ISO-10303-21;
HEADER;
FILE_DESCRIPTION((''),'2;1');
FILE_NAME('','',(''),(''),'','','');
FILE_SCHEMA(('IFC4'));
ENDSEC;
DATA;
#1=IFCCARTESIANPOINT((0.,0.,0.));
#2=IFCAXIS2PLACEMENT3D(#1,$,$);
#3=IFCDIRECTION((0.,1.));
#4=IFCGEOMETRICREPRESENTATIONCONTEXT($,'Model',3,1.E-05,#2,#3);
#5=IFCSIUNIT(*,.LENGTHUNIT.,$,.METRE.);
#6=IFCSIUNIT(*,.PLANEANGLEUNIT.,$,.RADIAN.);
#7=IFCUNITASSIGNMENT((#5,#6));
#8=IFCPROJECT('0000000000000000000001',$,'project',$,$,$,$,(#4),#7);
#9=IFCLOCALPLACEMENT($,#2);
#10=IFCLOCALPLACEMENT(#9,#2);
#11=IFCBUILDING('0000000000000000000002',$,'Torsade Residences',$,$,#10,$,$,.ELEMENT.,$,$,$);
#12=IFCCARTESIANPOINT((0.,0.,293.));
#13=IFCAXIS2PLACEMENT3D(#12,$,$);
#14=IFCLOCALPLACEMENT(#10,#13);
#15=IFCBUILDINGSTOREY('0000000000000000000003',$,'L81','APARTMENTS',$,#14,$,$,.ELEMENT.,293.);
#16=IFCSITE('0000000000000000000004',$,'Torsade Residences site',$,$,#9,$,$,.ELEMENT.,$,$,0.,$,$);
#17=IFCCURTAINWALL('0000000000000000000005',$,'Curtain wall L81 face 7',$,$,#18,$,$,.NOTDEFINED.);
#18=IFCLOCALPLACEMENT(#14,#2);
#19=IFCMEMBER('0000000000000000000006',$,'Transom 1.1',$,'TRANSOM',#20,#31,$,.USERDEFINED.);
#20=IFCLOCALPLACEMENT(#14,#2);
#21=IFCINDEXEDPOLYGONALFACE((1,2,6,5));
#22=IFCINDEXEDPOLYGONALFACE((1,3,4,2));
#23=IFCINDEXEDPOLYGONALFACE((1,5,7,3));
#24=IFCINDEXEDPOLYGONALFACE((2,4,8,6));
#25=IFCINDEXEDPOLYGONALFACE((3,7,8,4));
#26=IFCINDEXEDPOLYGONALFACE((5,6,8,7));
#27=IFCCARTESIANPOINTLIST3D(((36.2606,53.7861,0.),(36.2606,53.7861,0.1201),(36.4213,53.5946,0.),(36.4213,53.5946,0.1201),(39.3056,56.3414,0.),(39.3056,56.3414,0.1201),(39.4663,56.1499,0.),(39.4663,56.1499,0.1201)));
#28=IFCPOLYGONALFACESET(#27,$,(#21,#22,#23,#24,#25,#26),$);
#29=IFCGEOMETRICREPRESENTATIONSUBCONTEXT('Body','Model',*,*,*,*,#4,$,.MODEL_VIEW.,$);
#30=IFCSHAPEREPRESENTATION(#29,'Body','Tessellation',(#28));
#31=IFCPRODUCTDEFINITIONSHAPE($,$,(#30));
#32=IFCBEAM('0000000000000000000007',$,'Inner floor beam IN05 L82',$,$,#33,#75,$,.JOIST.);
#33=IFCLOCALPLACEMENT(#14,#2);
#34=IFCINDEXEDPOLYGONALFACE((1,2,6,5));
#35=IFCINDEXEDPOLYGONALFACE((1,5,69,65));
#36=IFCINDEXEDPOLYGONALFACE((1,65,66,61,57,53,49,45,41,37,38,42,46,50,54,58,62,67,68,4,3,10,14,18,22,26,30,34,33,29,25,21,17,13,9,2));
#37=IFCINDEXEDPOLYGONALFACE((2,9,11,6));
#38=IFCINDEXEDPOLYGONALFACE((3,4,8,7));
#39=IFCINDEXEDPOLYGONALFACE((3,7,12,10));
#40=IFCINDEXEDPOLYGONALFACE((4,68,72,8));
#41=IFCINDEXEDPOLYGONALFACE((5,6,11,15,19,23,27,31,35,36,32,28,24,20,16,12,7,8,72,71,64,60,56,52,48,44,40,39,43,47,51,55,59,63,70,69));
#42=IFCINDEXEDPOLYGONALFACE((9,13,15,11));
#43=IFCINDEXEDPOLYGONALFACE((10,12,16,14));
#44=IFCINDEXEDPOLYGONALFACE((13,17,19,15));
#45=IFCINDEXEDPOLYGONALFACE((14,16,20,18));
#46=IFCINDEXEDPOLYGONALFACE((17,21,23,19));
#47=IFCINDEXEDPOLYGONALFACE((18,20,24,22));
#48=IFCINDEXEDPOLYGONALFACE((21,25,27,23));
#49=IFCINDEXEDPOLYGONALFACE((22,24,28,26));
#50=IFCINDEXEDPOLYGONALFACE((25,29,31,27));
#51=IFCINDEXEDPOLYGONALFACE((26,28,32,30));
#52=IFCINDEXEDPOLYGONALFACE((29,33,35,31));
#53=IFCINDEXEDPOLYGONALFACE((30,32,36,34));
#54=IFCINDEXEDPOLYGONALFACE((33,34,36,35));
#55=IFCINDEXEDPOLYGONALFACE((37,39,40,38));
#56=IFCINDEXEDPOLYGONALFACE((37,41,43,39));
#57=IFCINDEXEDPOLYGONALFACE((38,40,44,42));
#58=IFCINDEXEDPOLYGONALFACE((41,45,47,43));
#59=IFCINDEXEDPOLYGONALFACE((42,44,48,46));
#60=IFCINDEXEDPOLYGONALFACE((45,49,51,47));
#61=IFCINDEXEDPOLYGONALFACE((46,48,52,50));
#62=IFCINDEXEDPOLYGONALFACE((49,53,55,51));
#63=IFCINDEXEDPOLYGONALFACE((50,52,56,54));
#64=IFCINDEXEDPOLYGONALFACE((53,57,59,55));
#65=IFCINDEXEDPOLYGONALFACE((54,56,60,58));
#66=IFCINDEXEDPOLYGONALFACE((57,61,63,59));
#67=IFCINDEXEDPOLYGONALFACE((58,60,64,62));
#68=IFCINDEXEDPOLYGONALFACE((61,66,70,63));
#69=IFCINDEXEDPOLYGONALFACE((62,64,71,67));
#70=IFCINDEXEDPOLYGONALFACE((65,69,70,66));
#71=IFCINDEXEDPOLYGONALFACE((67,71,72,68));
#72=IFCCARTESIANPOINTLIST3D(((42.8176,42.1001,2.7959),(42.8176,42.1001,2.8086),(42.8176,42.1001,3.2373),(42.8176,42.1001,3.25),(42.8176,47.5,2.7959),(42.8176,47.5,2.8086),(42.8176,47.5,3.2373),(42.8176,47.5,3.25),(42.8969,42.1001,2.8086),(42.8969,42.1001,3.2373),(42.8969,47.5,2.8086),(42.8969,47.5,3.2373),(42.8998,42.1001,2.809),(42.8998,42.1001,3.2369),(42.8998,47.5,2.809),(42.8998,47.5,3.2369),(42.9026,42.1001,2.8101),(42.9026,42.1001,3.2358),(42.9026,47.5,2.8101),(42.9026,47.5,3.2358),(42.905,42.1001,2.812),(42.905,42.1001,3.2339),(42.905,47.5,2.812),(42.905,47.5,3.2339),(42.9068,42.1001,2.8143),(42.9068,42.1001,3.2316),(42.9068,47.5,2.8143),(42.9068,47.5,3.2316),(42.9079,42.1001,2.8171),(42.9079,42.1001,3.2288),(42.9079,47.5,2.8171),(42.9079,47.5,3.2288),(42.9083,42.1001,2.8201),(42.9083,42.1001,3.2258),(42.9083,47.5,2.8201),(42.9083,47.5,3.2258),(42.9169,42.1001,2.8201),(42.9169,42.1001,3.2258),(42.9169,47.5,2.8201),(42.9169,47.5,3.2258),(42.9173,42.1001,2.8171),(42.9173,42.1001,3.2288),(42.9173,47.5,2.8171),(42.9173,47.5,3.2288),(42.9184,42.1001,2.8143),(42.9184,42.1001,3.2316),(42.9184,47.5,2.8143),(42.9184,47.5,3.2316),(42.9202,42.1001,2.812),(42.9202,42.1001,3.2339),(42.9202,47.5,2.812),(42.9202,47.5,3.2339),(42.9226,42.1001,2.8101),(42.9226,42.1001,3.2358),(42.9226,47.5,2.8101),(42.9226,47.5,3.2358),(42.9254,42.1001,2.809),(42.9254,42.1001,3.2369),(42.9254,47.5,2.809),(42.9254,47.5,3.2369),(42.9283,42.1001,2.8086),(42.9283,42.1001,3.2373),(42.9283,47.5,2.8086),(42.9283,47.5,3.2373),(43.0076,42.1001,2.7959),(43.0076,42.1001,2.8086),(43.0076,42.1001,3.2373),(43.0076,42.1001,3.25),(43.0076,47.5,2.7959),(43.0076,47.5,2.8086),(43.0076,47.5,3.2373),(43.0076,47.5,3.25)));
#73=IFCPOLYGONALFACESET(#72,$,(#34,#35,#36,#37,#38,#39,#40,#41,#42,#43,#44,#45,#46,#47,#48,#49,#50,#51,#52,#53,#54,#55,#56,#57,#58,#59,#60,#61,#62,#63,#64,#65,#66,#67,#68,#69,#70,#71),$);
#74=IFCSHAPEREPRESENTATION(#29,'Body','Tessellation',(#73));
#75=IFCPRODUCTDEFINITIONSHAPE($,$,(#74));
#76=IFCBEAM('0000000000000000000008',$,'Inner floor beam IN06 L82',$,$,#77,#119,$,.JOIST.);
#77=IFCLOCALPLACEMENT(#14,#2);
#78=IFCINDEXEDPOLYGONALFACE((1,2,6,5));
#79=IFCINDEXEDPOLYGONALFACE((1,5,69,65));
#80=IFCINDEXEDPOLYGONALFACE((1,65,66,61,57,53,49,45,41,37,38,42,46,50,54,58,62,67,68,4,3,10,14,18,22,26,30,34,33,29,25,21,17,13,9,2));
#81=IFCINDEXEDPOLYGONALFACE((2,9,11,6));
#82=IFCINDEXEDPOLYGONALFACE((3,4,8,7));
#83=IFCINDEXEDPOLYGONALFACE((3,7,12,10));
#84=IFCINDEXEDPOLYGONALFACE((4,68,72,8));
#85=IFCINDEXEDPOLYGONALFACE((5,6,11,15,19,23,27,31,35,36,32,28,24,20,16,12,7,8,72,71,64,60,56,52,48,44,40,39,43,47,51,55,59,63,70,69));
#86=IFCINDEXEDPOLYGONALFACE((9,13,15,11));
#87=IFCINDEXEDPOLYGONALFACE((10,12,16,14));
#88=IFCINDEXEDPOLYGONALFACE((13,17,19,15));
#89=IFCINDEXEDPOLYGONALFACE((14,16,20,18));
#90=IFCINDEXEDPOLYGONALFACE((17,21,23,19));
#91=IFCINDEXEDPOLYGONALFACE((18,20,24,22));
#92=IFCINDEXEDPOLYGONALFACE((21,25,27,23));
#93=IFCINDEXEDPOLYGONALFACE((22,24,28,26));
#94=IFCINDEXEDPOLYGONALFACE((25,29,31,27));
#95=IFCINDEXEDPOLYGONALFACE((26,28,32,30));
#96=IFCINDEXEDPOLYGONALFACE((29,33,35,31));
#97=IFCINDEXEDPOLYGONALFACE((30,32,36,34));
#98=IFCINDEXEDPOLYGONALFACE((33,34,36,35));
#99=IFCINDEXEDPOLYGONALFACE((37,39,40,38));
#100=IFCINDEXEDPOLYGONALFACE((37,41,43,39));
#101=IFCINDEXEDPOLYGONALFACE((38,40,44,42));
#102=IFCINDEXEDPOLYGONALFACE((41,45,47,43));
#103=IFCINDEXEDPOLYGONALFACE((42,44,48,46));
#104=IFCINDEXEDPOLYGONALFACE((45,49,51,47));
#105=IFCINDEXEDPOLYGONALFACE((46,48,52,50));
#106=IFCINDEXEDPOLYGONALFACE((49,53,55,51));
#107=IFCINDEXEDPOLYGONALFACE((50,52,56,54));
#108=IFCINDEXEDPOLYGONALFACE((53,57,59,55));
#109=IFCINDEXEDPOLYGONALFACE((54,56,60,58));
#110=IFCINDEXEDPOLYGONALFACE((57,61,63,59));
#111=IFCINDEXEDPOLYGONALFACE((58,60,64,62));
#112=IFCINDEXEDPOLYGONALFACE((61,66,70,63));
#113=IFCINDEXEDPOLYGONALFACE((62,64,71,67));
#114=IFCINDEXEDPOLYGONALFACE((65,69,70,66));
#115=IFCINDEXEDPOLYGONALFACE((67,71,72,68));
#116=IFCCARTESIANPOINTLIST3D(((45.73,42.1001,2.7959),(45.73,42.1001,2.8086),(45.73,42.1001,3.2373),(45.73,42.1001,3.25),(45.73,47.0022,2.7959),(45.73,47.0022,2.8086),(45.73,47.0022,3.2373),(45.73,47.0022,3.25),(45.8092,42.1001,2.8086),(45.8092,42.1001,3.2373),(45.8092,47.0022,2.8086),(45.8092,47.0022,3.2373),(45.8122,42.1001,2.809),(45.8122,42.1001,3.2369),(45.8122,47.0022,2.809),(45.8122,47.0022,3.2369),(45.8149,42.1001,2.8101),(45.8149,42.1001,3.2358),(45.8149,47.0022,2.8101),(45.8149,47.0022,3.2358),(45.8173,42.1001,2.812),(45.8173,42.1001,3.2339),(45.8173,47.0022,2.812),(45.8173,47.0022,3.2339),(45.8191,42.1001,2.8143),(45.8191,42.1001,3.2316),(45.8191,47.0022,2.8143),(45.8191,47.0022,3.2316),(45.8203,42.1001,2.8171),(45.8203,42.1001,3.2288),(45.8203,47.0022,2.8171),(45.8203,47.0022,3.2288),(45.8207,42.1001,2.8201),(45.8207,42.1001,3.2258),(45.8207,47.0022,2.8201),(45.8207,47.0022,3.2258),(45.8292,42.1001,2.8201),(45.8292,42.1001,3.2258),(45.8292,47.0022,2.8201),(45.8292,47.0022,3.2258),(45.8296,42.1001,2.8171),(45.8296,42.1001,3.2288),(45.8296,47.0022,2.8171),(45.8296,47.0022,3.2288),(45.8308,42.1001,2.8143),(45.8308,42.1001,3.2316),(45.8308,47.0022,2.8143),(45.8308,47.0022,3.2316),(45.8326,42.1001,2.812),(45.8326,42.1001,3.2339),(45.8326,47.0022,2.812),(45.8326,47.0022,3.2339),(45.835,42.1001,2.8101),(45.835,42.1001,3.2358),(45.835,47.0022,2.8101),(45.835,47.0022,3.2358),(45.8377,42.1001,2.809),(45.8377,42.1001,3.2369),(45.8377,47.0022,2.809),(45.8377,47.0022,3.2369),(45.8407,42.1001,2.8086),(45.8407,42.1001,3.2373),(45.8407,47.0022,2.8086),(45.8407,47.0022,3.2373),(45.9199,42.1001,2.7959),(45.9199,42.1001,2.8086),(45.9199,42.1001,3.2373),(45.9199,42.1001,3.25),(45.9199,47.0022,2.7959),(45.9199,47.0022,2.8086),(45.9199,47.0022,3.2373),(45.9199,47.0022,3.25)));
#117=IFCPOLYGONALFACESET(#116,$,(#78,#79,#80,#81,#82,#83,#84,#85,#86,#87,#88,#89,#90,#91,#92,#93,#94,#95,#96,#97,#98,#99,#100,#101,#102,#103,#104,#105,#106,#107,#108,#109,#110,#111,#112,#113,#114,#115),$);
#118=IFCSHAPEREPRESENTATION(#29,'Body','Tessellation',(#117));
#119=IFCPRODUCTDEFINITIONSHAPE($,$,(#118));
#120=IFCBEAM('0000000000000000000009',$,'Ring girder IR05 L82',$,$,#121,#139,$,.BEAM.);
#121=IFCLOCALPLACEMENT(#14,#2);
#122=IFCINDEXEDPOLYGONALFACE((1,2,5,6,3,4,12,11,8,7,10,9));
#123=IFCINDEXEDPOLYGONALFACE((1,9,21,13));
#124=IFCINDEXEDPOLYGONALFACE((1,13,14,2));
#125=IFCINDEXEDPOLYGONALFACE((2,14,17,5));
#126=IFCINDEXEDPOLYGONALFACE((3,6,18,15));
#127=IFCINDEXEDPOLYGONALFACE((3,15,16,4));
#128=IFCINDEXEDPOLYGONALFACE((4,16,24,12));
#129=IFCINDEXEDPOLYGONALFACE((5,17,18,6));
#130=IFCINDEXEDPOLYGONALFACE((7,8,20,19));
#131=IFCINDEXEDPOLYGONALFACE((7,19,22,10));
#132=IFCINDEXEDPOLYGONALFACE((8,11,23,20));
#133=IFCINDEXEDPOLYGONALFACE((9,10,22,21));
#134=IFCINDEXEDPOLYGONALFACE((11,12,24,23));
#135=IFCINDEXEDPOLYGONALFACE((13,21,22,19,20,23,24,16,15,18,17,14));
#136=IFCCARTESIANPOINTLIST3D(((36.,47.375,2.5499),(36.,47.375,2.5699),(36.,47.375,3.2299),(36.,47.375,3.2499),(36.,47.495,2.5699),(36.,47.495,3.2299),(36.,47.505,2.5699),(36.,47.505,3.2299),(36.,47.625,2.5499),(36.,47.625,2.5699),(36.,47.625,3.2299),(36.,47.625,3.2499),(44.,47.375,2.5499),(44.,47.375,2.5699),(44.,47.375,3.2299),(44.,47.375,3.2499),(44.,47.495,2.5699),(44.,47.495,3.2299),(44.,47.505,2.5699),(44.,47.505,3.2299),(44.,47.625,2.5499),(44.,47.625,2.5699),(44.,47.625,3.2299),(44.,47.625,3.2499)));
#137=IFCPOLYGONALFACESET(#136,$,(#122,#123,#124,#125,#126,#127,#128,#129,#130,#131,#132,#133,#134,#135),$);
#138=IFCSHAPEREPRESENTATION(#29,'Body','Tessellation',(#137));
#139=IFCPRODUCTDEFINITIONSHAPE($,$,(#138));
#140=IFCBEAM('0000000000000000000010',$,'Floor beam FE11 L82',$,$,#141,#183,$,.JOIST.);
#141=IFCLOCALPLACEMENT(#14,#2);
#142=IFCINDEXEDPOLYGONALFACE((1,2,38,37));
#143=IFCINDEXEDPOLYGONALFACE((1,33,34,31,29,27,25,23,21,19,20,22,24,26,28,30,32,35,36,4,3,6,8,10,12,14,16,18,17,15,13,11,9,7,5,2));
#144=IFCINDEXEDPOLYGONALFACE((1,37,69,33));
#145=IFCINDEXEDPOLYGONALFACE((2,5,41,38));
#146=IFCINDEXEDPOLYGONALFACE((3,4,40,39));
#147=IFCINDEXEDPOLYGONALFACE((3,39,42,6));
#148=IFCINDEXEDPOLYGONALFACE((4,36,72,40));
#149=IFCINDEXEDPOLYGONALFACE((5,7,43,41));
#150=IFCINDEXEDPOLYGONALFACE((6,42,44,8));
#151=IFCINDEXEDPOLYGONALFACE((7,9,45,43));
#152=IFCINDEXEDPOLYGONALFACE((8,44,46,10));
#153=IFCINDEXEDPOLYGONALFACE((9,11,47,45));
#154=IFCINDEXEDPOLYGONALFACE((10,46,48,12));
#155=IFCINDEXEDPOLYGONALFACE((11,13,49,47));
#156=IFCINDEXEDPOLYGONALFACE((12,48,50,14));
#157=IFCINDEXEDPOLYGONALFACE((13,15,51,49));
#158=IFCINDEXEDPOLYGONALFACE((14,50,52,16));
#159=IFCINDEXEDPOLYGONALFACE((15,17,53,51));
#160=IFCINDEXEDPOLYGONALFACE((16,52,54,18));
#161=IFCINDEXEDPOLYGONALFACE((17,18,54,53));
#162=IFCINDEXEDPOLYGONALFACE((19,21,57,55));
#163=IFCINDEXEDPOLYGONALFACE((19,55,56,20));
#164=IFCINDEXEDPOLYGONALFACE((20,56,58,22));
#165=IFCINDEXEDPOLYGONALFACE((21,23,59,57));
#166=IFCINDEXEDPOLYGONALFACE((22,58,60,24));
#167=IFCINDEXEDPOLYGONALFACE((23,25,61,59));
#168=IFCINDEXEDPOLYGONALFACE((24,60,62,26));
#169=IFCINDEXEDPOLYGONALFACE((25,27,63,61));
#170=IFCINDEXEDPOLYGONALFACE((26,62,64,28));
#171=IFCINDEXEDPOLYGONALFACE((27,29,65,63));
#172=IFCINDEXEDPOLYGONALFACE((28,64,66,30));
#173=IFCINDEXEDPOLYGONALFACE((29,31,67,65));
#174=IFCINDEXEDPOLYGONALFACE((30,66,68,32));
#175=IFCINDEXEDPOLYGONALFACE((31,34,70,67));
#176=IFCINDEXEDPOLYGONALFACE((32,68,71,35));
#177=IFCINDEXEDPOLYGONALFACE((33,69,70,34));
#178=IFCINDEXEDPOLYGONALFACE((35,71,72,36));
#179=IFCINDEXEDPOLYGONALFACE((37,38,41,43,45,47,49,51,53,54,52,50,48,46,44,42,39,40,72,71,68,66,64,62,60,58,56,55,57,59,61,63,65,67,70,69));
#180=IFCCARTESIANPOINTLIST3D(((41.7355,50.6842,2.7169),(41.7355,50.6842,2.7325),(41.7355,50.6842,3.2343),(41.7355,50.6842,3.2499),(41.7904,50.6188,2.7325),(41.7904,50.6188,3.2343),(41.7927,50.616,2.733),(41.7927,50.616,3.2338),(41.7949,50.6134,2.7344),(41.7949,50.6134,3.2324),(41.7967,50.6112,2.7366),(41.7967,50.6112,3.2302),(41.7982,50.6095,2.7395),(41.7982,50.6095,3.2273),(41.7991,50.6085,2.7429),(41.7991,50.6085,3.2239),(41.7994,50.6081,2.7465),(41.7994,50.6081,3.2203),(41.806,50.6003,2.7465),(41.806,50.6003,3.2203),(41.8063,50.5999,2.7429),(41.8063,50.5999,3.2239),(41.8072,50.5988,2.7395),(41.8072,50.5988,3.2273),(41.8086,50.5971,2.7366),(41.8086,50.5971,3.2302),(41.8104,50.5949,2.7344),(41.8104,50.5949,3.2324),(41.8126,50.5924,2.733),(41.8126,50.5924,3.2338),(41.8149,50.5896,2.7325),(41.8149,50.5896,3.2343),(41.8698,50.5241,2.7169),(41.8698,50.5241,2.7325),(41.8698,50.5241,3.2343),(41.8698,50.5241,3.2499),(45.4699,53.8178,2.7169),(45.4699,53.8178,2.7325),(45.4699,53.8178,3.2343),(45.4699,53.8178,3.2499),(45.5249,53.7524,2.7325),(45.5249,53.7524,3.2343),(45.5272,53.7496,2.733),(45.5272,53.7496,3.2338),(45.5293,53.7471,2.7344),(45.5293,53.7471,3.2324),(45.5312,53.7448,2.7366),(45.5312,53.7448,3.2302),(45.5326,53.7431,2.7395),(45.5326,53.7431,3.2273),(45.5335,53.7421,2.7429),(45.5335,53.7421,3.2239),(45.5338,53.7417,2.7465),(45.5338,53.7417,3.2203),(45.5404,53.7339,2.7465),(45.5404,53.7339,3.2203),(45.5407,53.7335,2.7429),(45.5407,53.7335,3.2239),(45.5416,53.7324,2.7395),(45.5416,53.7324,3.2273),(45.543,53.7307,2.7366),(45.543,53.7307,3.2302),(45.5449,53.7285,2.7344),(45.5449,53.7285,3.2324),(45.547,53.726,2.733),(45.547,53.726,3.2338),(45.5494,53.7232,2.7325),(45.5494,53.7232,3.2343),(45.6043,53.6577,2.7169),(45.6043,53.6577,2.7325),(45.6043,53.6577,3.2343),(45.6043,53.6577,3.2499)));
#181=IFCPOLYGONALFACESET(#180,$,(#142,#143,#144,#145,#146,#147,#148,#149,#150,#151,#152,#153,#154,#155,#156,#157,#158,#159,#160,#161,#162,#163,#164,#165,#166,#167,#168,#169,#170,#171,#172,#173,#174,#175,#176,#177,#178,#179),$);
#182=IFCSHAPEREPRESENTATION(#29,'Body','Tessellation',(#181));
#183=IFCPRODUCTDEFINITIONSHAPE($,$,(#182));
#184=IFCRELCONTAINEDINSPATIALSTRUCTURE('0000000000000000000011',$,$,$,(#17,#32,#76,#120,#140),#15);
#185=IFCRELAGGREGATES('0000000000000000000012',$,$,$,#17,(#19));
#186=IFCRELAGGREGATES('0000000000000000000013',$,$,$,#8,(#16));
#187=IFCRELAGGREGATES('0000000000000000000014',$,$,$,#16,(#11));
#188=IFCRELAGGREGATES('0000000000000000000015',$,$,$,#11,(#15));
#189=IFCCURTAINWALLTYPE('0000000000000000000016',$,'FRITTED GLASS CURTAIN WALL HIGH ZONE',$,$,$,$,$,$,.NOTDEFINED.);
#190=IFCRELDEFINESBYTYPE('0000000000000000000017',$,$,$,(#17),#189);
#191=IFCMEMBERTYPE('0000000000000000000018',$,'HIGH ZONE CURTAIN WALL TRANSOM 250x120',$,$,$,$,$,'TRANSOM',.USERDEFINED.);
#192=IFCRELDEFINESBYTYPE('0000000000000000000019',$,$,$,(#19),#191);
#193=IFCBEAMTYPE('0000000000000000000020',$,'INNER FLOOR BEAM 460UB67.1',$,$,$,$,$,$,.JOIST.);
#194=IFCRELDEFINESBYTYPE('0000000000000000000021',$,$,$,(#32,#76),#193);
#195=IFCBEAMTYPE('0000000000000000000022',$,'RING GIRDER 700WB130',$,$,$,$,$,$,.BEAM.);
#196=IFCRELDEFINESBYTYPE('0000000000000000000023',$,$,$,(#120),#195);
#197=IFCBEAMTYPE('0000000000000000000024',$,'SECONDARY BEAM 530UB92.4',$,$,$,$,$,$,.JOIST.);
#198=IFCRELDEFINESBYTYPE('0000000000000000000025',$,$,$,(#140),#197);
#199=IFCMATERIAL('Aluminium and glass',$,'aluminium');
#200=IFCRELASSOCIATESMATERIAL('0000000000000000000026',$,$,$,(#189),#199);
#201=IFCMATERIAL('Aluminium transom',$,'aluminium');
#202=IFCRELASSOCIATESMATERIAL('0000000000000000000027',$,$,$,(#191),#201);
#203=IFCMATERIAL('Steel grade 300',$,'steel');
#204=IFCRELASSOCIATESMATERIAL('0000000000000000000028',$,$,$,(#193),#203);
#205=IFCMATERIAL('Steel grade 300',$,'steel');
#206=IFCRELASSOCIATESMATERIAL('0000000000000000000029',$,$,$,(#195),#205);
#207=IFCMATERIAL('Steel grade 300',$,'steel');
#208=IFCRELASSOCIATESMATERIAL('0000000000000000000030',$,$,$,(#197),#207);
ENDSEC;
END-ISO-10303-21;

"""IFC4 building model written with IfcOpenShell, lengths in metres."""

from ifc_helpers import new_model, si_unit, direction, frame, origin, origin_2d, place, context, subcontext, project, spatial, rectangle, i_section, extrude, material, material_profile, profile_set, type_object, element, aggregate, save


model = new_model("IFC4")

# Units and contexts
model_context = context("Model", 3, precision=1e-05, world=origin(), true_north=direction((0.0, 1.0)))
body_context = subcontext(model_context, "Body", "Model", "MODEL_VIEW")
ifc_project = project(units=[si_unit("LENGTHUNIT", "METRE"), si_unit("PLANEANGLEUNIT", "RADIAN")], contexts=[model_context])

# Site, building, storey
site_placement = place(None, origin())
site = spatial("IfcSite", under=ifc_project, at=site_placement, Name="Torsade Residences site", CompositionType="ELEMENT", RefElevation=0.0)
building_placement = place(site_placement, origin())
building = spatial("IfcBuilding", under=site, at=building_placement, Name="Torsade Residences", CompositionType="ELEMENT")
storey_placement = place(building_placement, frame((0.0, 0.0, 293.0)))
storey = spatial("IfcBuildingStorey", under=building, at=storey_placement, Name="L81", Description="APARTMENTS", CompositionType="ELEMENT", Elevation=293.0)

# Shared definitions
ifc_material_1 = material(Name="Aluminium and glass", Category="aluminium")
curtain_wall_type = type_object("IfcCurtainWallType", Name="FRITTED GLASS CURTAIN WALL HIGH ZONE", PredefinedType="NOTDEFINED", material=ifc_material_1)

# Curtain wall, member
curtain_wall_1_placement = place(storey_placement, origin())
curtain_wall_1 = element("IfcCurtainWall", 1, at=curtain_wall_1_placement, inside=storey, type_object=curtain_wall_type, Name="Curtain wall L81 face 7", PredefinedType="NOTDEFINED")
ifc_material_2 = material(Name="Aluminium transom", Category="aluminium")
ifc_material_profile_1 = material_profile(ifc_material_2, rectangle(XDim=0.25, YDim=0.1201, at=origin_2d()), Name="HIGH ZONE CURTAIN WALL TRANSOM 250x120")
ifc_profile_set_1 = profile_set([ifc_material_profile_1], Name="Aluminium transom")
member_type_1 = type_object("IfcMemberType", Name="HIGH ZONE CURTAIN WALL TRANSOM 250x120", ElementType="TRANSOM", PredefinedType="USERDEFINED", material=ifc_profile_set_1)
member_1_placement = place(storey_placement, frame((39.386, 56.2456, 0.0601), z_axis=(-0.766022, -0.642815, 0.0), x_axis=(0.642815, -0.766022, 0.0)))
member_1 = element("IfcMember", 2, at=member_1_placement, type_object=member_type_1, Name="Transom 1.1", ObjectType="TRANSOM", PredefinedType="USERDEFINED", context=body_context, shape_type="SweptSolid", body=[
    extrude(rectangle(XDim=0.25, YDim=0.1201, at=origin_2d()), origin(), (0.0, 0.0, 1.0), 3.9751),
])
aggregate(curtain_wall_1, [member_1])

# Beams
ifc_material_3 = material(Name="Steel grade 300", Category="steel")
ifc_material_profile_2 = material_profile(ifc_material_3, i_section(OverallWidth=0.1899, OverallDepth=0.4541, WebThickness=0.0085, FlangeThickness=0.0127, FilletRadius=0.0115, at=origin_2d()), Name="460UB67.1")
ifc_profile_set_2 = profile_set([ifc_material_profile_2], Name="Steel grade 300")
beam_type_1 = type_object("IfcBeamType", Name="INNER FLOOR BEAM 460UB67.1", PredefinedType="JOIST", material=ifc_profile_set_2)
beam_1_placement = place(storey_placement, frame((42.9126, 42.1001, 3.0229), z_axis=(0.0, 1.0, 0.0), x_axis=(-1.0, 0.0, 0.0)))
element("IfcBeam", 3, at=beam_1_placement, inside=storey, type_object=beam_type_1, Name="Inner floor beam IN05 L82", PredefinedType="JOIST", context=body_context, shape_type="SweptSolid", body=[
    extrude(i_section(OverallWidth=0.1899, OverallDepth=0.4541, WebThickness=0.0085, FlangeThickness=0.0127, FilletRadius=0.0115, at=origin_2d()), origin(), (0.0, 0.0, 1.0), 5.3999),
])
beam_2_placement = place(storey_placement, frame((45.825, 42.1001, 3.0229), z_axis=(0.0, 1.0, 0.0), x_axis=(-1.0, 0.0, 0.0)))
element("IfcBeam", 4, at=beam_2_placement, inside=storey, type_object=beam_type_1, Name="Inner floor beam IN06 L82", PredefinedType="JOIST", context=body_context, shape_type="SweptSolid", body=[
    extrude(i_section(OverallWidth=0.1899, OverallDepth=0.4541, WebThickness=0.0085, FlangeThickness=0.0127, FilletRadius=0.0115, at=origin_2d()), origin(), (0.0, 0.0, 1.0), 4.9021),
])
ifc_material_4 = material(Name="Steel grade 300", Category="steel")
ifc_material_profile_3 = material_profile(ifc_material_4, i_section(OverallWidth=0.25, OverallDepth=0.7, WebThickness=0.01, FlangeThickness=0.02, at=origin_2d()), Name="700WB130")
ifc_profile_set_3 = profile_set([ifc_material_profile_3], Name="Steel grade 300")
beam_type_2 = type_object("IfcBeamType", Name="RING GIRDER 700WB130", PredefinedType="BEAM", material=ifc_profile_set_3)
beam_3_placement = place(storey_placement, frame((44.0, 47.5, 2.8999), z_axis=(-1.0, 0.0, 0.0), x_axis=(0.0, -1.0, 0.0)))
element("IfcBeam", 5, at=beam_3_placement, inside=storey, type_object=beam_type_2, Name="Ring girder IR05 L82", PredefinedType="BEAM", context=body_context, shape_type="SweptSolid", body=[
    extrude(i_section(OverallWidth=0.25, OverallDepth=0.7, WebThickness=0.01, FlangeThickness=0.02, at=origin_2d()), origin(), (0.0, 0.0, 1.0), 8.0),
])
ifc_material_5 = material(Name="Steel grade 300", Category="steel")
ifc_material_profile_4 = material_profile(ifc_material_5, i_section(OverallWidth=0.209, OverallDepth=0.533, WebThickness=0.0103, FlangeThickness=0.0156, FilletRadius=0.0139, at=origin_2d()), Name="530UB92.4")
ifc_profile_set_4 = profile_set([ifc_material_profile_4], Name="Steel grade 300")
beam_type_3 = type_object("IfcBeamType", Name="SECONDARY BEAM 530UB92.4", PredefinedType="JOIST", material=ifc_profile_set_4)
beam_4_placement = place(storey_placement, frame((45.5371, 53.7378, 2.9834), z_axis=(-0.766041, -0.642791, 0.0), x_axis=(0.642791, -0.766041, 0.0)))
element("IfcBeam", 6, at=beam_4_placement, inside=storey, type_object=beam_type_3, Name="Floor beam FE11 L82", PredefinedType="JOIST", context=body_context, shape_type="SweptSolid", body=[
    extrude(i_section(OverallWidth=0.209, OverallDepth=0.533, WebThickness=0.0103, FlangeThickness=0.0156, FilletRadius=0.0139, at=origin_2d()), origin(), (0.0, 0.0, 1.0), 4.875),
])

save(model, "model.ifc")
